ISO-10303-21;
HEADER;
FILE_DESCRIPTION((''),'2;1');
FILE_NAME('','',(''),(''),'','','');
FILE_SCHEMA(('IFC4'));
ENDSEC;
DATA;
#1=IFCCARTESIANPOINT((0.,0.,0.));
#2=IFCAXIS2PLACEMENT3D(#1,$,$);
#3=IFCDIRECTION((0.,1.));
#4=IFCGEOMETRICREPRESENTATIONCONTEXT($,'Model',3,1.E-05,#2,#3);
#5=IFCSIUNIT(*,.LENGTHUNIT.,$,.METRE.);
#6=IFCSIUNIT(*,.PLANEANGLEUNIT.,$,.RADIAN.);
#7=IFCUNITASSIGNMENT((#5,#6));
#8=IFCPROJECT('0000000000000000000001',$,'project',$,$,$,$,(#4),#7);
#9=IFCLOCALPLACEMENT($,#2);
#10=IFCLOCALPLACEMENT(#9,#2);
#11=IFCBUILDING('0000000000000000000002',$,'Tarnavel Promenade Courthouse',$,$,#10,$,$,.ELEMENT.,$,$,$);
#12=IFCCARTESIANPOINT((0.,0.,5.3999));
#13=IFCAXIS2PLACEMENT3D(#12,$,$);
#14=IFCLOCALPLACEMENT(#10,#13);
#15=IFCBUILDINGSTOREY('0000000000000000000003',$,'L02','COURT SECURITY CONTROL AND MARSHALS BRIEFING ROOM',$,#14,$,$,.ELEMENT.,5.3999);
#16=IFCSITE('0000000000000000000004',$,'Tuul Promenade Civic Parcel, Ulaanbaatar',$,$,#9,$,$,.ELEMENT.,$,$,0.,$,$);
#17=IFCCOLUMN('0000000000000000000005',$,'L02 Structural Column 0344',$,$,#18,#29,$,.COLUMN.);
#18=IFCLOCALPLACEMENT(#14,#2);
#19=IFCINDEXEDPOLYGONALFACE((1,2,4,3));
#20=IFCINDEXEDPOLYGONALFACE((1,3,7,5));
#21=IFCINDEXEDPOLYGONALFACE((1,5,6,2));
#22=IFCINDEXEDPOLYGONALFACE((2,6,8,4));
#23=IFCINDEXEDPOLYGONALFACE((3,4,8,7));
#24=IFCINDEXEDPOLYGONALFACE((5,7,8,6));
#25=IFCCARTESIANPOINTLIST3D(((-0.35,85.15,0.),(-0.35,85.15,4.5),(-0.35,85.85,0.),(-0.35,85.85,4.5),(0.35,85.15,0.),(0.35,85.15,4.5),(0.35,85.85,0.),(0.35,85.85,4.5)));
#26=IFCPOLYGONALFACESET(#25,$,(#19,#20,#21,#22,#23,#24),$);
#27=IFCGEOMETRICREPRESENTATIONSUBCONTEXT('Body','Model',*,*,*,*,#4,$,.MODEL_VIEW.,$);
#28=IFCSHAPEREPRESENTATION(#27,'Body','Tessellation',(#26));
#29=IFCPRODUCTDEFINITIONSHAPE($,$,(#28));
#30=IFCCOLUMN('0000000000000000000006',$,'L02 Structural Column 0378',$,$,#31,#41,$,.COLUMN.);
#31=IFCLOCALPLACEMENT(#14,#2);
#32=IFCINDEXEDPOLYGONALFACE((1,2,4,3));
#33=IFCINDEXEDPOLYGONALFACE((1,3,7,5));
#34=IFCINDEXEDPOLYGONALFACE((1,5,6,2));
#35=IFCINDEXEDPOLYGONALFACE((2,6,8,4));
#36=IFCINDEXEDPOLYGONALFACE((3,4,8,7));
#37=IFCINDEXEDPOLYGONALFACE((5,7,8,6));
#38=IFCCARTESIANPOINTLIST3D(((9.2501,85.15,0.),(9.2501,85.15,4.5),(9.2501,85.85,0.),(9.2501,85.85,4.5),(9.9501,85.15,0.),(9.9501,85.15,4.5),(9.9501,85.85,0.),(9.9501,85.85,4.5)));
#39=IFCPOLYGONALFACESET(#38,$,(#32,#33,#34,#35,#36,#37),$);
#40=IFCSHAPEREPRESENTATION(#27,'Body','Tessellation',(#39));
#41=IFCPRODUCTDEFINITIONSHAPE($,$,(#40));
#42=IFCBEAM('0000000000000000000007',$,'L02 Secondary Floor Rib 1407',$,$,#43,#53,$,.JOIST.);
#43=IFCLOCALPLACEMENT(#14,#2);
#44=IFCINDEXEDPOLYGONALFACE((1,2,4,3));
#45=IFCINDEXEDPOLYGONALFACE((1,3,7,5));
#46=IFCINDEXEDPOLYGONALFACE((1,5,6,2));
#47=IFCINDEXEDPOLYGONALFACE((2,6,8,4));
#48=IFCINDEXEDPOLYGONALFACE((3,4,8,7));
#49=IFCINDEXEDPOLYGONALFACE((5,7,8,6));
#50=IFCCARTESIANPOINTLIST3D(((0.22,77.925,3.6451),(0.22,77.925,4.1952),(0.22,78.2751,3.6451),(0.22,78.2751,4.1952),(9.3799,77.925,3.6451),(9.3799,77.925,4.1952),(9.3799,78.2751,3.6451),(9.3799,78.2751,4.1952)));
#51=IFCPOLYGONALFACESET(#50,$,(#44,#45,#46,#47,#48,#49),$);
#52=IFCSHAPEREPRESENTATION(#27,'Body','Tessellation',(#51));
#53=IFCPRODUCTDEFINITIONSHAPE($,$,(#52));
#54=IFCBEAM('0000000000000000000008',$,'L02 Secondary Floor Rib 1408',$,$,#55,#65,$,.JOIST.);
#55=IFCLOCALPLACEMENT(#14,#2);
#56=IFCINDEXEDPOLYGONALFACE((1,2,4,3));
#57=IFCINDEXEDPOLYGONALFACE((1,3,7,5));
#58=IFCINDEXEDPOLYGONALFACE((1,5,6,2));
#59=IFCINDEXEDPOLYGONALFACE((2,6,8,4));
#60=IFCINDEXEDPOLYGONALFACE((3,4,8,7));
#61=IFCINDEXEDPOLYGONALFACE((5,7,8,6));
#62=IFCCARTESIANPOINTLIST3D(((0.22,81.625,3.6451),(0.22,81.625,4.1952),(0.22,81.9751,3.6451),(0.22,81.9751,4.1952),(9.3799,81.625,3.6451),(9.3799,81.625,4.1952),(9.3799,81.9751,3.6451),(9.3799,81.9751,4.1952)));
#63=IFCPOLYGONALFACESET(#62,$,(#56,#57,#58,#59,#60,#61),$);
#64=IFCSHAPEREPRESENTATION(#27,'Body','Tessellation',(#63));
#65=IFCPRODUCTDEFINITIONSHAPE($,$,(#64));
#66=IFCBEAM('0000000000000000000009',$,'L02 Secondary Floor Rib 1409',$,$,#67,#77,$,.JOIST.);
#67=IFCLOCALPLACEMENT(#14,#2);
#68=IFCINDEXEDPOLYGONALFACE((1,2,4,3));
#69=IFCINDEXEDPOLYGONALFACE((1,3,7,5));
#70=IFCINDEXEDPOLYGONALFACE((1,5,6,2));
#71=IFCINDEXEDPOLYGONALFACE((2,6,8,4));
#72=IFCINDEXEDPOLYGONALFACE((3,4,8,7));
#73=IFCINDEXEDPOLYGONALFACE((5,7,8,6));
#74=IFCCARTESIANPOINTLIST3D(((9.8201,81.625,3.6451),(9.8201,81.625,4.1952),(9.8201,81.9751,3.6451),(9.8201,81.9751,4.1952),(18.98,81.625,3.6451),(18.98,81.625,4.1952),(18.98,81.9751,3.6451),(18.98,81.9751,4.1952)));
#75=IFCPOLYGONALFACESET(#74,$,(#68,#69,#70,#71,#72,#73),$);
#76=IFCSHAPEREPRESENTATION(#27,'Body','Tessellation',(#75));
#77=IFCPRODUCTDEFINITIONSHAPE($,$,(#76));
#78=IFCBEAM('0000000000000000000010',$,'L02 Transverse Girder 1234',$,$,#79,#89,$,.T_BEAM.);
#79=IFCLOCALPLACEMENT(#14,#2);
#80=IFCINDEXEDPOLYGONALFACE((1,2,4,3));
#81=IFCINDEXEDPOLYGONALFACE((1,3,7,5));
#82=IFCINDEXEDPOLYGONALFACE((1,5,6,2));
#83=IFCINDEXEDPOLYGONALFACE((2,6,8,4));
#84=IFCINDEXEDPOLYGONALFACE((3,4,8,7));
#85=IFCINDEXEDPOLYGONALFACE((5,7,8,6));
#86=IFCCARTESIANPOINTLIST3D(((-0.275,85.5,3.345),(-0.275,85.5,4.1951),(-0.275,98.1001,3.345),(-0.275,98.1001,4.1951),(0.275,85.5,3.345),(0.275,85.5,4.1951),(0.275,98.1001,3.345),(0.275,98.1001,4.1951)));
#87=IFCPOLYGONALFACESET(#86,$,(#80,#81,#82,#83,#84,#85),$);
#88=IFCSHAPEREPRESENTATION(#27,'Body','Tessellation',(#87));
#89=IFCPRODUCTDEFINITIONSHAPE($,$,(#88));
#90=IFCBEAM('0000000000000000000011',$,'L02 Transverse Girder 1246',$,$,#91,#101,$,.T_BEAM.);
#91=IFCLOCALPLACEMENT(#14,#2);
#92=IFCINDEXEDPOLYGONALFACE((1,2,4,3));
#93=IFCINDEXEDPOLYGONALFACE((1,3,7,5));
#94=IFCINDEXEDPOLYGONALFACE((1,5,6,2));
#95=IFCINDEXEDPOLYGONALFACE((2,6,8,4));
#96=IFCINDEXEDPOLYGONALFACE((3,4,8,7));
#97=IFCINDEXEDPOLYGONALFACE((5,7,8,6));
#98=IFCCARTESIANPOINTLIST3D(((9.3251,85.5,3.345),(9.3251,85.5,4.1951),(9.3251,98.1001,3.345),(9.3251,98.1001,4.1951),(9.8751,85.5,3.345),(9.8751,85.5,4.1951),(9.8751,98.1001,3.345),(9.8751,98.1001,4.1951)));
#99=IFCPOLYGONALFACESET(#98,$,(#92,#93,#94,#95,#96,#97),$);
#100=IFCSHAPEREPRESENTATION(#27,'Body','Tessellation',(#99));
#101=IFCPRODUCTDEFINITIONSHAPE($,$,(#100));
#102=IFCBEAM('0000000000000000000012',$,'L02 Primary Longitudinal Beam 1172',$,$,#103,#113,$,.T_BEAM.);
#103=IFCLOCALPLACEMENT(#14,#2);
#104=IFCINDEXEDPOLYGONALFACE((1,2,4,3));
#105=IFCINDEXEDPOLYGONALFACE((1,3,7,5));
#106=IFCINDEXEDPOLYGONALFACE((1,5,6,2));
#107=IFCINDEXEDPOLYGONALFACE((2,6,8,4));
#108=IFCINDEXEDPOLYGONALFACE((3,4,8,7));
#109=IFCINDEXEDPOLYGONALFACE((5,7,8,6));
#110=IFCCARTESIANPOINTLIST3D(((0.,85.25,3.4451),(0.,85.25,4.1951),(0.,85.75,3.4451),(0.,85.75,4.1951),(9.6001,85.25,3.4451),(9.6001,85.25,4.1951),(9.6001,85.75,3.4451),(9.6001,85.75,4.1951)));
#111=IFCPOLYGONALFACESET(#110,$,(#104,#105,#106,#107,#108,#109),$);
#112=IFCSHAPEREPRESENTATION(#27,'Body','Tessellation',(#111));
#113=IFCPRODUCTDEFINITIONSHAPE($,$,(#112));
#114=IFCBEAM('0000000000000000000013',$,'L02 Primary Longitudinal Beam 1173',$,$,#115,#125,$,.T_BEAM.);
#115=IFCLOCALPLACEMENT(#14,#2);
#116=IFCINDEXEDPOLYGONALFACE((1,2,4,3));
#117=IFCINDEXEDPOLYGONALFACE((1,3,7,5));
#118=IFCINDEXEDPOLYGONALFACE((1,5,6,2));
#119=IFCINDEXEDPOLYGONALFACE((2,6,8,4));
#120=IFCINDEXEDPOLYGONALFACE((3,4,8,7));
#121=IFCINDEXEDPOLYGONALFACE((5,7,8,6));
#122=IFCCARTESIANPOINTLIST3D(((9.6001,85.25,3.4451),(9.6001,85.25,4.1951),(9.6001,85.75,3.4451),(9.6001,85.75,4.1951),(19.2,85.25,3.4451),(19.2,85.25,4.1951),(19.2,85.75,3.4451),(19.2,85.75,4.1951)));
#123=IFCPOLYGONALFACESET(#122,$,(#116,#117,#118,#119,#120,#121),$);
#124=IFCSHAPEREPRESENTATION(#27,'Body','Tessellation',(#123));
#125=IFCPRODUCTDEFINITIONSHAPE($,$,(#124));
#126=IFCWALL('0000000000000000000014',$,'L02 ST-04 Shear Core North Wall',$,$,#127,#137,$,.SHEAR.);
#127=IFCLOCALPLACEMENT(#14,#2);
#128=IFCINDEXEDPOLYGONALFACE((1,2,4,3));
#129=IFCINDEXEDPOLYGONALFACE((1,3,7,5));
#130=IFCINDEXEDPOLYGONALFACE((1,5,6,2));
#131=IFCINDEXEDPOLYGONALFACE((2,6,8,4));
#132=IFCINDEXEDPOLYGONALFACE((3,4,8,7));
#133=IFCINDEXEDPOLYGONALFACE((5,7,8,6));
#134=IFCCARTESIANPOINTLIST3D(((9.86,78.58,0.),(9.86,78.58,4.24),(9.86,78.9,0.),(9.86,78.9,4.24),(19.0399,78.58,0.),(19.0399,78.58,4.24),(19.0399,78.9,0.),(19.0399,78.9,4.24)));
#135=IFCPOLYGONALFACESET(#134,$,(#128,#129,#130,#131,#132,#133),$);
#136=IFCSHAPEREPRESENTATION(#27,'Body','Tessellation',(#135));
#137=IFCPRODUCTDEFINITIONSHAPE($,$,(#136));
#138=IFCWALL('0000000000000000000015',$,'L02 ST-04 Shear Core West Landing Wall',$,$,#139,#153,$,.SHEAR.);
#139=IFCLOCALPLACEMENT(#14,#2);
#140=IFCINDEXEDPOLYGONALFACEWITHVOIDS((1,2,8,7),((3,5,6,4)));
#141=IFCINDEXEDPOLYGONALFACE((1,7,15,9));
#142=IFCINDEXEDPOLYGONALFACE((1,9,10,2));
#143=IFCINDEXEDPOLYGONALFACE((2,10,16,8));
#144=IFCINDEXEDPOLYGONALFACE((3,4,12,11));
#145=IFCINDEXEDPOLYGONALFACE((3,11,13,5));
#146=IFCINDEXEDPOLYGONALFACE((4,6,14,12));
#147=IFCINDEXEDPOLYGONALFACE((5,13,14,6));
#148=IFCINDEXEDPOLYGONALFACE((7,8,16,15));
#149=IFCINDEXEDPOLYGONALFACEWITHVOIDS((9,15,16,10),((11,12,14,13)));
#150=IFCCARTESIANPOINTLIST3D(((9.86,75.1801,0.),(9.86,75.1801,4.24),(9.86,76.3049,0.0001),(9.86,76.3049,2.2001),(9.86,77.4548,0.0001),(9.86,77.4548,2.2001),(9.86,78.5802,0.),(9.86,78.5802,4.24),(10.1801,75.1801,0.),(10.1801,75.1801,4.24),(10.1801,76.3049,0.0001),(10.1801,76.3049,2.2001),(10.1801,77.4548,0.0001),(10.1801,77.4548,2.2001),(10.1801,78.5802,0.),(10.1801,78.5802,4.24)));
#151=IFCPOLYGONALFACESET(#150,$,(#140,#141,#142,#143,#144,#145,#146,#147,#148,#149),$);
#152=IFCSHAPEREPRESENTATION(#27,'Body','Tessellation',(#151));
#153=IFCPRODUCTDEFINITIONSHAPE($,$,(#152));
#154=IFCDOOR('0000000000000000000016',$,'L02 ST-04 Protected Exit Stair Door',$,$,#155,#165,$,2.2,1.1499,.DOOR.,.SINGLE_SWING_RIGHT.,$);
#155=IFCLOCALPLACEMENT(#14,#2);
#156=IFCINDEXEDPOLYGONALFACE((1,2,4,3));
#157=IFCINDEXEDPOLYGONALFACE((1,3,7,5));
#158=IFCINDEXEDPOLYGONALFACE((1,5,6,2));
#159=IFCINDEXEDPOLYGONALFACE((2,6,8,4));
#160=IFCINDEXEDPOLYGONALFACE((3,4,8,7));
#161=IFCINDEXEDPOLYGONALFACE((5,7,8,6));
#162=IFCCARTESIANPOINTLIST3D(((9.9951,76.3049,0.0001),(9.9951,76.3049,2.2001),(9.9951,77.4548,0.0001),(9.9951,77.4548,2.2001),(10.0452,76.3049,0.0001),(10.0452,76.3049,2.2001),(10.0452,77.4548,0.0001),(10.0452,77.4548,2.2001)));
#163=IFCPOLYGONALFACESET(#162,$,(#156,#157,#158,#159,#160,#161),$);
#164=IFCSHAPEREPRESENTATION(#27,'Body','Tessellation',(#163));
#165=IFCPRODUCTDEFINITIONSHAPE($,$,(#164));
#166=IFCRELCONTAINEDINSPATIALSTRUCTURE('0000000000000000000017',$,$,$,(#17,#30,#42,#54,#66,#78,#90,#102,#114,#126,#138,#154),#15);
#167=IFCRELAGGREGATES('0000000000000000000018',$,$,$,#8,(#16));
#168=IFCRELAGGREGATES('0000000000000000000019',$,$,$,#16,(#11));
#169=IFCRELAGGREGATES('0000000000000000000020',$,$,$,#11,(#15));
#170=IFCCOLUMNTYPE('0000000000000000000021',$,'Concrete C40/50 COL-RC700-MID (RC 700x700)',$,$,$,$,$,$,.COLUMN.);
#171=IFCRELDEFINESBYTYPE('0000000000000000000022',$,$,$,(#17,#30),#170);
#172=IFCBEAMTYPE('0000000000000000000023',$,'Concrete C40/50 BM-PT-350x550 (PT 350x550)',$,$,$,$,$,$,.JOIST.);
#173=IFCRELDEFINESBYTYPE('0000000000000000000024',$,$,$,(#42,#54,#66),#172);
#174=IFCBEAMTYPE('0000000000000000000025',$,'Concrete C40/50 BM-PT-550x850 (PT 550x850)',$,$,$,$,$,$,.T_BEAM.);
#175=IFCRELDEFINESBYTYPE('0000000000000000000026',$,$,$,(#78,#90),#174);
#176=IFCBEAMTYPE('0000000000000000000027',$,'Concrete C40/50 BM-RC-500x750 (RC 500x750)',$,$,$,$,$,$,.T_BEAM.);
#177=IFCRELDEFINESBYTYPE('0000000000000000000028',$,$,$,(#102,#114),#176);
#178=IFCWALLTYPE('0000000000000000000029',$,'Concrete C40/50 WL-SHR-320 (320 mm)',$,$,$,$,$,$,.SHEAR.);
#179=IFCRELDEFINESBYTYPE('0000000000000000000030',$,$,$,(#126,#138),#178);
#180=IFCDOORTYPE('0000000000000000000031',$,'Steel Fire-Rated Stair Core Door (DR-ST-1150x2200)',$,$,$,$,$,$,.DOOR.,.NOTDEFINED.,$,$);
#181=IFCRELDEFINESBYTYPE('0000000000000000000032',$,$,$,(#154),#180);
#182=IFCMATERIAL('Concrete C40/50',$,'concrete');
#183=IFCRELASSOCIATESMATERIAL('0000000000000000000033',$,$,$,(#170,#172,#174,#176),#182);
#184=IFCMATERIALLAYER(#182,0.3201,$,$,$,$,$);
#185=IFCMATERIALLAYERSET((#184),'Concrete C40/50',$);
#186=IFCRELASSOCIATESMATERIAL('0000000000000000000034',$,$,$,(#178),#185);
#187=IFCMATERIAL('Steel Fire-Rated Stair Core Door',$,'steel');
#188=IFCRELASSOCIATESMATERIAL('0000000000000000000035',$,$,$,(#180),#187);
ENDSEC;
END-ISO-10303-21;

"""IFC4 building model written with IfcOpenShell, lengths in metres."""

from ifc_helpers import new_model, si_unit, direction, frame, frame_2d, origin, origin_2d, place, context, subcontext, project, spatial, rectangle, extrude, material, layer, layer_set, material_profile, profile_set, type_object, element, fill, save


model = new_model("IFC4")

# Units and contexts
model_context = context("Model", 3, precision=1e-05, world=origin(), true_north=direction((0.0, 1.0)))
body_context = subcontext(model_context, "Body", "Model", "MODEL_VIEW")
ifc_project = project(units=[si_unit("LENGTHUNIT", "METRE"), si_unit("PLANEANGLEUNIT", "RADIAN")], contexts=[model_context])

# Site, building, storey
site_placement = place(None, origin())
site = spatial("IfcSite", under=ifc_project, at=site_placement, Name="Tuul Promenade Civic Parcel, Ulaanbaatar", CompositionType="ELEMENT", RefElevation=0.0)
building_placement = place(site_placement, origin())
building = spatial("IfcBuilding", under=site, at=building_placement, Name="Tarnavel Promenade Courthouse", CompositionType="ELEMENT")
storey_placement = place(building_placement, frame((0.0, 0.0, 5.3999)))
storey = spatial("IfcBuildingStorey", under=building, at=storey_placement, Name="L02", Description="COURT SECURITY CONTROL AND MARSHALS BRIEFING ROOM", CompositionType="ELEMENT", Elevation=5.3999)

# Columns
ifc_material_1 = material(Name="Concrete C40/50", Category="concrete")
ifc_material_profile_1 = material_profile(ifc_material_1, rectangle(XDim=0.7, YDim=0.7, at=origin_2d()), Name="RC 700x700")
ifc_profile_set_1 = profile_set([ifc_material_profile_1], Name="Concrete C40/50")
column_type = type_object("IfcColumnType", Name="Concrete C40/50 COL-RC700-MID (RC 700x700)", PredefinedType="COLUMN", material=ifc_profile_set_1)
for number, where, z_axis, x_axis, name in (
    (1, (0.0, 85.5, 0.0), (0.0, 0.0, 1.0), (1.0, 0.0, 0.0), "L02 Structural Column 0344"),
    (2, (9.6001, 85.5, 0.0), (0.0, 0.0, 1.0), (1.0, 0.0, 0.0), "L02 Structural Column 0378"),
):
    element("IfcColumn", number, at=place(storey_placement, frame(where, z_axis=z_axis, x_axis=x_axis)), inside=storey, type_object=column_type, Name=name, PredefinedType="COLUMN", context=body_context, shape_type="SweptSolid", body=[
        extrude(rectangle(XDim=0.7, YDim=0.7, at=origin_2d()), origin(), (0.0, 0.0, 1.0), 4.5),
    ])

# Beams
ifc_material_profile_2 = material_profile(ifc_material_1, rectangle(XDim=0.3501, YDim=0.55, at=origin_2d()), Name="PT 350x550")
ifc_profile_set_2 = profile_set([ifc_material_profile_2], Name="Concrete C40/50")
beam_type_1 = type_object("IfcBeamType", Name="Concrete C40/50 BM-PT-350x550 (PT 350x550)", PredefinedType="JOIST", material=ifc_profile_set_2)
for number, where, z_axis, x_axis, name in (
    (3, (0.22, 78.1001, 3.9202), (1.0, 0.0, 0.0), (0.0, 1.0, 0.0), "L02 Secondary Floor Rib 1407"),
    (4, (0.22, 81.8, 3.9202), (1.0, 0.0, 0.0), (0.0, 1.0, 0.0), "L02 Secondary Floor Rib 1408"),
    (5, (9.8201, 81.8, 3.9202), (1.0, 0.0, 0.0), (0.0, 1.0, 0.0), "L02 Secondary Floor Rib 1409"),
):
    element("IfcBeam", number, at=place(storey_placement, frame(where, z_axis=z_axis, x_axis=x_axis)), inside=storey, type_object=beam_type_1, Name=name, PredefinedType="JOIST", context=body_context, shape_type="SweptSolid", body=[
        extrude(rectangle(XDim=0.3501, YDim=0.55, at=origin_2d()), origin(), (0.0, 0.0, 1.0), 9.1599),
    ])
ifc_material_profile_3 = material_profile(ifc_material_1, rectangle(XDim=0.55, YDim=0.8501, at=origin_2d()), Name="PT 550x850")
ifc_profile_set_3 = profile_set([ifc_material_profile_3], Name="Concrete C40/50")
beam_type_2 = type_object("IfcBeamType", Name="Concrete C40/50 BM-PT-550x850 (PT 550x850)", PredefinedType="T_BEAM", material=ifc_profile_set_3)
for number, where, z_axis, x_axis, name in (
    (6, (0.0, 85.5, 3.77), (0.0, 1.0, 0.0), (-1.0, 0.0, 0.0), "L02 Transverse Girder 1234"),
    (7, (9.6001, 85.5, 3.77), (0.0, 1.0, 0.0), (-1.0, 0.0, 0.0), "L02 Transverse Girder 1246"),
):
    element("IfcBeam", number, at=place(storey_placement, frame(where, z_axis=z_axis, x_axis=x_axis)), inside=storey, type_object=beam_type_2, Name=name, PredefinedType="T_BEAM", context=body_context, shape_type="SweptSolid", body=[
        extrude(rectangle(XDim=0.55, YDim=0.8501, at=origin_2d()), origin(), (0.0, 0.0, 1.0), 12.6001),
    ])
ifc_material_profile_4 = material_profile(ifc_material_1, rectangle(XDim=0.5, YDim=0.75, at=origin_2d()), Name="RC 500x750")
ifc_profile_set_4 = profile_set([ifc_material_profile_4], Name="Concrete C40/50")
beam_type_3 = type_object("IfcBeamType", Name="Concrete C40/50 BM-RC-500x750 (RC 500x750)", PredefinedType="T_BEAM", material=ifc_profile_set_4)
beam_1_placement = place(storey_placement, frame((0.0, 85.5, 3.8201), z_axis=(1.0, 0.0, 0.0), x_axis=(0.0, 1.0, 0.0)))
element("IfcBeam", 8, at=beam_1_placement, inside=storey, type_object=beam_type_3, Name="L02 Primary Longitudinal Beam 1172", PredefinedType="T_BEAM", context=body_context, shape_type="SweptSolid", body=[
    extrude(rectangle(XDim=0.5, YDim=0.75, at=origin_2d()), origin(), (0.0, 0.0, 1.0), 9.6001),
])
beam_2_placement = place(storey_placement, frame((9.6001, 85.5, 3.8201), z_axis=(1.0, 0.0, 0.0), x_axis=(0.0, 1.0, 0.0)))
element("IfcBeam", 9, at=beam_2_placement, inside=storey, type_object=beam_type_3, Name="L02 Primary Longitudinal Beam 1173", PredefinedType="T_BEAM", context=body_context, shape_type="SweptSolid", body=[
    extrude(rectangle(XDim=0.5, YDim=0.75, at=origin_2d()), origin(), (0.0, 0.0, 1.0), 9.5999),
])

# Wall
ifc_layer_1 = layer(ifc_material_1, 0.3201)
ifc_layer_set_1 = layer_set([ifc_layer_1], Name="Concrete C40/50")
wall_type_1 = type_object("IfcWallType", Name="Concrete C40/50 WL-SHR-320 (320 mm)", PredefinedType="SHEAR", material=ifc_layer_set_1)
wall_1_placement = place(storey_placement, frame((9.8601, 78.74, 0.0), z_axis=(0.0, 0.0, 1.0), x_axis=(1.0, 0.0, 0.0)))
element("IfcWall", 10, at=wall_1_placement, inside=storey, type_object=wall_type_1, Name="L02 ST-04 Shear Core North Wall", PredefinedType="SHEAR", context=body_context, shape_type="SweptSolid", body=[
    extrude(rectangle(XDim=9.1799, YDim=0.3201, at=frame_2d((4.5898, 0.0))), origin(), (0.0, 0.0, 1.0), 4.24),
])

# Wall, opening, door
wall_2_placement = place(storey_placement, frame((10.02, 75.1799, 0.0), z_axis=(0.0, 0.0, 1.0), x_axis=(0.0, 1.0, 0.0)))
wall_2 = element("IfcWall", 11, at=wall_2_placement, inside=storey, type_object=wall_type_1, Name="L02 ST-04 Shear Core West Landing Wall", PredefinedType="SHEAR", context=body_context, shape_type="SweptSolid", body=[
    extrude(rectangle(XDim=3.4001, YDim=0.3201, at=frame_2d((1.7002, 0.0))), origin(), (0.0, 0.0, 1.0), 4.24),
])
opening_1_placement = place(wall_2_placement, frame((1.125, 0.0, 0.0)))
opening_1 = element("IfcOpeningElement", 12, at=opening_1_placement, cuts=wall_2, PredefinedType="OPENING", context=body_context, shape_type="SweptSolid", body=[
    extrude(rectangle(XDim=1.1499, YDim=2.2, at=frame_2d((0.575, 1.1001))), frame((0.0, 0.1699, 0.0), z_axis=(0.0, -1.0, 0.0), x_axis=(1.0, 0.0, 0.0)), (0.0, 0.0, 1.0), 0.3401),
])
ifc_material_2 = material(Name="Steel Fire-Rated Stair Core Door", Category="steel")
door_type_1 = type_object("IfcDoorType", Name="Steel Fire-Rated Stair Core Door (DR-ST-1150x2200)", OperationType="NOTDEFINED", PredefinedType="DOOR", material=ifc_material_2)
door_1_placement = place(opening_1_placement, origin())
door_1 = element("IfcDoor", 13, at=door_1_placement, inside=storey, type_object=door_type_1, Name="L02 ST-04 Protected Exit Stair Door", OperationType="SINGLE_SWING_RIGHT", OverallHeight=2.2, OverallWidth=1.1499, PredefinedType="DOOR", context=body_context, shape_type="SweptSolid", body=[
    extrude(rectangle(XDim=1.1499, YDim=2.2, at=frame_2d((0.575, 1.1001))), frame((0.0, 0.0249, 0.0), z_axis=(0.0, -1.0, 0.0), x_axis=(1.0, 0.0, 0.0)), (0.0, 0.0, 1.0), 0.05),
])
fill(opening_1, door_1)

save(model, "model.ifc")
